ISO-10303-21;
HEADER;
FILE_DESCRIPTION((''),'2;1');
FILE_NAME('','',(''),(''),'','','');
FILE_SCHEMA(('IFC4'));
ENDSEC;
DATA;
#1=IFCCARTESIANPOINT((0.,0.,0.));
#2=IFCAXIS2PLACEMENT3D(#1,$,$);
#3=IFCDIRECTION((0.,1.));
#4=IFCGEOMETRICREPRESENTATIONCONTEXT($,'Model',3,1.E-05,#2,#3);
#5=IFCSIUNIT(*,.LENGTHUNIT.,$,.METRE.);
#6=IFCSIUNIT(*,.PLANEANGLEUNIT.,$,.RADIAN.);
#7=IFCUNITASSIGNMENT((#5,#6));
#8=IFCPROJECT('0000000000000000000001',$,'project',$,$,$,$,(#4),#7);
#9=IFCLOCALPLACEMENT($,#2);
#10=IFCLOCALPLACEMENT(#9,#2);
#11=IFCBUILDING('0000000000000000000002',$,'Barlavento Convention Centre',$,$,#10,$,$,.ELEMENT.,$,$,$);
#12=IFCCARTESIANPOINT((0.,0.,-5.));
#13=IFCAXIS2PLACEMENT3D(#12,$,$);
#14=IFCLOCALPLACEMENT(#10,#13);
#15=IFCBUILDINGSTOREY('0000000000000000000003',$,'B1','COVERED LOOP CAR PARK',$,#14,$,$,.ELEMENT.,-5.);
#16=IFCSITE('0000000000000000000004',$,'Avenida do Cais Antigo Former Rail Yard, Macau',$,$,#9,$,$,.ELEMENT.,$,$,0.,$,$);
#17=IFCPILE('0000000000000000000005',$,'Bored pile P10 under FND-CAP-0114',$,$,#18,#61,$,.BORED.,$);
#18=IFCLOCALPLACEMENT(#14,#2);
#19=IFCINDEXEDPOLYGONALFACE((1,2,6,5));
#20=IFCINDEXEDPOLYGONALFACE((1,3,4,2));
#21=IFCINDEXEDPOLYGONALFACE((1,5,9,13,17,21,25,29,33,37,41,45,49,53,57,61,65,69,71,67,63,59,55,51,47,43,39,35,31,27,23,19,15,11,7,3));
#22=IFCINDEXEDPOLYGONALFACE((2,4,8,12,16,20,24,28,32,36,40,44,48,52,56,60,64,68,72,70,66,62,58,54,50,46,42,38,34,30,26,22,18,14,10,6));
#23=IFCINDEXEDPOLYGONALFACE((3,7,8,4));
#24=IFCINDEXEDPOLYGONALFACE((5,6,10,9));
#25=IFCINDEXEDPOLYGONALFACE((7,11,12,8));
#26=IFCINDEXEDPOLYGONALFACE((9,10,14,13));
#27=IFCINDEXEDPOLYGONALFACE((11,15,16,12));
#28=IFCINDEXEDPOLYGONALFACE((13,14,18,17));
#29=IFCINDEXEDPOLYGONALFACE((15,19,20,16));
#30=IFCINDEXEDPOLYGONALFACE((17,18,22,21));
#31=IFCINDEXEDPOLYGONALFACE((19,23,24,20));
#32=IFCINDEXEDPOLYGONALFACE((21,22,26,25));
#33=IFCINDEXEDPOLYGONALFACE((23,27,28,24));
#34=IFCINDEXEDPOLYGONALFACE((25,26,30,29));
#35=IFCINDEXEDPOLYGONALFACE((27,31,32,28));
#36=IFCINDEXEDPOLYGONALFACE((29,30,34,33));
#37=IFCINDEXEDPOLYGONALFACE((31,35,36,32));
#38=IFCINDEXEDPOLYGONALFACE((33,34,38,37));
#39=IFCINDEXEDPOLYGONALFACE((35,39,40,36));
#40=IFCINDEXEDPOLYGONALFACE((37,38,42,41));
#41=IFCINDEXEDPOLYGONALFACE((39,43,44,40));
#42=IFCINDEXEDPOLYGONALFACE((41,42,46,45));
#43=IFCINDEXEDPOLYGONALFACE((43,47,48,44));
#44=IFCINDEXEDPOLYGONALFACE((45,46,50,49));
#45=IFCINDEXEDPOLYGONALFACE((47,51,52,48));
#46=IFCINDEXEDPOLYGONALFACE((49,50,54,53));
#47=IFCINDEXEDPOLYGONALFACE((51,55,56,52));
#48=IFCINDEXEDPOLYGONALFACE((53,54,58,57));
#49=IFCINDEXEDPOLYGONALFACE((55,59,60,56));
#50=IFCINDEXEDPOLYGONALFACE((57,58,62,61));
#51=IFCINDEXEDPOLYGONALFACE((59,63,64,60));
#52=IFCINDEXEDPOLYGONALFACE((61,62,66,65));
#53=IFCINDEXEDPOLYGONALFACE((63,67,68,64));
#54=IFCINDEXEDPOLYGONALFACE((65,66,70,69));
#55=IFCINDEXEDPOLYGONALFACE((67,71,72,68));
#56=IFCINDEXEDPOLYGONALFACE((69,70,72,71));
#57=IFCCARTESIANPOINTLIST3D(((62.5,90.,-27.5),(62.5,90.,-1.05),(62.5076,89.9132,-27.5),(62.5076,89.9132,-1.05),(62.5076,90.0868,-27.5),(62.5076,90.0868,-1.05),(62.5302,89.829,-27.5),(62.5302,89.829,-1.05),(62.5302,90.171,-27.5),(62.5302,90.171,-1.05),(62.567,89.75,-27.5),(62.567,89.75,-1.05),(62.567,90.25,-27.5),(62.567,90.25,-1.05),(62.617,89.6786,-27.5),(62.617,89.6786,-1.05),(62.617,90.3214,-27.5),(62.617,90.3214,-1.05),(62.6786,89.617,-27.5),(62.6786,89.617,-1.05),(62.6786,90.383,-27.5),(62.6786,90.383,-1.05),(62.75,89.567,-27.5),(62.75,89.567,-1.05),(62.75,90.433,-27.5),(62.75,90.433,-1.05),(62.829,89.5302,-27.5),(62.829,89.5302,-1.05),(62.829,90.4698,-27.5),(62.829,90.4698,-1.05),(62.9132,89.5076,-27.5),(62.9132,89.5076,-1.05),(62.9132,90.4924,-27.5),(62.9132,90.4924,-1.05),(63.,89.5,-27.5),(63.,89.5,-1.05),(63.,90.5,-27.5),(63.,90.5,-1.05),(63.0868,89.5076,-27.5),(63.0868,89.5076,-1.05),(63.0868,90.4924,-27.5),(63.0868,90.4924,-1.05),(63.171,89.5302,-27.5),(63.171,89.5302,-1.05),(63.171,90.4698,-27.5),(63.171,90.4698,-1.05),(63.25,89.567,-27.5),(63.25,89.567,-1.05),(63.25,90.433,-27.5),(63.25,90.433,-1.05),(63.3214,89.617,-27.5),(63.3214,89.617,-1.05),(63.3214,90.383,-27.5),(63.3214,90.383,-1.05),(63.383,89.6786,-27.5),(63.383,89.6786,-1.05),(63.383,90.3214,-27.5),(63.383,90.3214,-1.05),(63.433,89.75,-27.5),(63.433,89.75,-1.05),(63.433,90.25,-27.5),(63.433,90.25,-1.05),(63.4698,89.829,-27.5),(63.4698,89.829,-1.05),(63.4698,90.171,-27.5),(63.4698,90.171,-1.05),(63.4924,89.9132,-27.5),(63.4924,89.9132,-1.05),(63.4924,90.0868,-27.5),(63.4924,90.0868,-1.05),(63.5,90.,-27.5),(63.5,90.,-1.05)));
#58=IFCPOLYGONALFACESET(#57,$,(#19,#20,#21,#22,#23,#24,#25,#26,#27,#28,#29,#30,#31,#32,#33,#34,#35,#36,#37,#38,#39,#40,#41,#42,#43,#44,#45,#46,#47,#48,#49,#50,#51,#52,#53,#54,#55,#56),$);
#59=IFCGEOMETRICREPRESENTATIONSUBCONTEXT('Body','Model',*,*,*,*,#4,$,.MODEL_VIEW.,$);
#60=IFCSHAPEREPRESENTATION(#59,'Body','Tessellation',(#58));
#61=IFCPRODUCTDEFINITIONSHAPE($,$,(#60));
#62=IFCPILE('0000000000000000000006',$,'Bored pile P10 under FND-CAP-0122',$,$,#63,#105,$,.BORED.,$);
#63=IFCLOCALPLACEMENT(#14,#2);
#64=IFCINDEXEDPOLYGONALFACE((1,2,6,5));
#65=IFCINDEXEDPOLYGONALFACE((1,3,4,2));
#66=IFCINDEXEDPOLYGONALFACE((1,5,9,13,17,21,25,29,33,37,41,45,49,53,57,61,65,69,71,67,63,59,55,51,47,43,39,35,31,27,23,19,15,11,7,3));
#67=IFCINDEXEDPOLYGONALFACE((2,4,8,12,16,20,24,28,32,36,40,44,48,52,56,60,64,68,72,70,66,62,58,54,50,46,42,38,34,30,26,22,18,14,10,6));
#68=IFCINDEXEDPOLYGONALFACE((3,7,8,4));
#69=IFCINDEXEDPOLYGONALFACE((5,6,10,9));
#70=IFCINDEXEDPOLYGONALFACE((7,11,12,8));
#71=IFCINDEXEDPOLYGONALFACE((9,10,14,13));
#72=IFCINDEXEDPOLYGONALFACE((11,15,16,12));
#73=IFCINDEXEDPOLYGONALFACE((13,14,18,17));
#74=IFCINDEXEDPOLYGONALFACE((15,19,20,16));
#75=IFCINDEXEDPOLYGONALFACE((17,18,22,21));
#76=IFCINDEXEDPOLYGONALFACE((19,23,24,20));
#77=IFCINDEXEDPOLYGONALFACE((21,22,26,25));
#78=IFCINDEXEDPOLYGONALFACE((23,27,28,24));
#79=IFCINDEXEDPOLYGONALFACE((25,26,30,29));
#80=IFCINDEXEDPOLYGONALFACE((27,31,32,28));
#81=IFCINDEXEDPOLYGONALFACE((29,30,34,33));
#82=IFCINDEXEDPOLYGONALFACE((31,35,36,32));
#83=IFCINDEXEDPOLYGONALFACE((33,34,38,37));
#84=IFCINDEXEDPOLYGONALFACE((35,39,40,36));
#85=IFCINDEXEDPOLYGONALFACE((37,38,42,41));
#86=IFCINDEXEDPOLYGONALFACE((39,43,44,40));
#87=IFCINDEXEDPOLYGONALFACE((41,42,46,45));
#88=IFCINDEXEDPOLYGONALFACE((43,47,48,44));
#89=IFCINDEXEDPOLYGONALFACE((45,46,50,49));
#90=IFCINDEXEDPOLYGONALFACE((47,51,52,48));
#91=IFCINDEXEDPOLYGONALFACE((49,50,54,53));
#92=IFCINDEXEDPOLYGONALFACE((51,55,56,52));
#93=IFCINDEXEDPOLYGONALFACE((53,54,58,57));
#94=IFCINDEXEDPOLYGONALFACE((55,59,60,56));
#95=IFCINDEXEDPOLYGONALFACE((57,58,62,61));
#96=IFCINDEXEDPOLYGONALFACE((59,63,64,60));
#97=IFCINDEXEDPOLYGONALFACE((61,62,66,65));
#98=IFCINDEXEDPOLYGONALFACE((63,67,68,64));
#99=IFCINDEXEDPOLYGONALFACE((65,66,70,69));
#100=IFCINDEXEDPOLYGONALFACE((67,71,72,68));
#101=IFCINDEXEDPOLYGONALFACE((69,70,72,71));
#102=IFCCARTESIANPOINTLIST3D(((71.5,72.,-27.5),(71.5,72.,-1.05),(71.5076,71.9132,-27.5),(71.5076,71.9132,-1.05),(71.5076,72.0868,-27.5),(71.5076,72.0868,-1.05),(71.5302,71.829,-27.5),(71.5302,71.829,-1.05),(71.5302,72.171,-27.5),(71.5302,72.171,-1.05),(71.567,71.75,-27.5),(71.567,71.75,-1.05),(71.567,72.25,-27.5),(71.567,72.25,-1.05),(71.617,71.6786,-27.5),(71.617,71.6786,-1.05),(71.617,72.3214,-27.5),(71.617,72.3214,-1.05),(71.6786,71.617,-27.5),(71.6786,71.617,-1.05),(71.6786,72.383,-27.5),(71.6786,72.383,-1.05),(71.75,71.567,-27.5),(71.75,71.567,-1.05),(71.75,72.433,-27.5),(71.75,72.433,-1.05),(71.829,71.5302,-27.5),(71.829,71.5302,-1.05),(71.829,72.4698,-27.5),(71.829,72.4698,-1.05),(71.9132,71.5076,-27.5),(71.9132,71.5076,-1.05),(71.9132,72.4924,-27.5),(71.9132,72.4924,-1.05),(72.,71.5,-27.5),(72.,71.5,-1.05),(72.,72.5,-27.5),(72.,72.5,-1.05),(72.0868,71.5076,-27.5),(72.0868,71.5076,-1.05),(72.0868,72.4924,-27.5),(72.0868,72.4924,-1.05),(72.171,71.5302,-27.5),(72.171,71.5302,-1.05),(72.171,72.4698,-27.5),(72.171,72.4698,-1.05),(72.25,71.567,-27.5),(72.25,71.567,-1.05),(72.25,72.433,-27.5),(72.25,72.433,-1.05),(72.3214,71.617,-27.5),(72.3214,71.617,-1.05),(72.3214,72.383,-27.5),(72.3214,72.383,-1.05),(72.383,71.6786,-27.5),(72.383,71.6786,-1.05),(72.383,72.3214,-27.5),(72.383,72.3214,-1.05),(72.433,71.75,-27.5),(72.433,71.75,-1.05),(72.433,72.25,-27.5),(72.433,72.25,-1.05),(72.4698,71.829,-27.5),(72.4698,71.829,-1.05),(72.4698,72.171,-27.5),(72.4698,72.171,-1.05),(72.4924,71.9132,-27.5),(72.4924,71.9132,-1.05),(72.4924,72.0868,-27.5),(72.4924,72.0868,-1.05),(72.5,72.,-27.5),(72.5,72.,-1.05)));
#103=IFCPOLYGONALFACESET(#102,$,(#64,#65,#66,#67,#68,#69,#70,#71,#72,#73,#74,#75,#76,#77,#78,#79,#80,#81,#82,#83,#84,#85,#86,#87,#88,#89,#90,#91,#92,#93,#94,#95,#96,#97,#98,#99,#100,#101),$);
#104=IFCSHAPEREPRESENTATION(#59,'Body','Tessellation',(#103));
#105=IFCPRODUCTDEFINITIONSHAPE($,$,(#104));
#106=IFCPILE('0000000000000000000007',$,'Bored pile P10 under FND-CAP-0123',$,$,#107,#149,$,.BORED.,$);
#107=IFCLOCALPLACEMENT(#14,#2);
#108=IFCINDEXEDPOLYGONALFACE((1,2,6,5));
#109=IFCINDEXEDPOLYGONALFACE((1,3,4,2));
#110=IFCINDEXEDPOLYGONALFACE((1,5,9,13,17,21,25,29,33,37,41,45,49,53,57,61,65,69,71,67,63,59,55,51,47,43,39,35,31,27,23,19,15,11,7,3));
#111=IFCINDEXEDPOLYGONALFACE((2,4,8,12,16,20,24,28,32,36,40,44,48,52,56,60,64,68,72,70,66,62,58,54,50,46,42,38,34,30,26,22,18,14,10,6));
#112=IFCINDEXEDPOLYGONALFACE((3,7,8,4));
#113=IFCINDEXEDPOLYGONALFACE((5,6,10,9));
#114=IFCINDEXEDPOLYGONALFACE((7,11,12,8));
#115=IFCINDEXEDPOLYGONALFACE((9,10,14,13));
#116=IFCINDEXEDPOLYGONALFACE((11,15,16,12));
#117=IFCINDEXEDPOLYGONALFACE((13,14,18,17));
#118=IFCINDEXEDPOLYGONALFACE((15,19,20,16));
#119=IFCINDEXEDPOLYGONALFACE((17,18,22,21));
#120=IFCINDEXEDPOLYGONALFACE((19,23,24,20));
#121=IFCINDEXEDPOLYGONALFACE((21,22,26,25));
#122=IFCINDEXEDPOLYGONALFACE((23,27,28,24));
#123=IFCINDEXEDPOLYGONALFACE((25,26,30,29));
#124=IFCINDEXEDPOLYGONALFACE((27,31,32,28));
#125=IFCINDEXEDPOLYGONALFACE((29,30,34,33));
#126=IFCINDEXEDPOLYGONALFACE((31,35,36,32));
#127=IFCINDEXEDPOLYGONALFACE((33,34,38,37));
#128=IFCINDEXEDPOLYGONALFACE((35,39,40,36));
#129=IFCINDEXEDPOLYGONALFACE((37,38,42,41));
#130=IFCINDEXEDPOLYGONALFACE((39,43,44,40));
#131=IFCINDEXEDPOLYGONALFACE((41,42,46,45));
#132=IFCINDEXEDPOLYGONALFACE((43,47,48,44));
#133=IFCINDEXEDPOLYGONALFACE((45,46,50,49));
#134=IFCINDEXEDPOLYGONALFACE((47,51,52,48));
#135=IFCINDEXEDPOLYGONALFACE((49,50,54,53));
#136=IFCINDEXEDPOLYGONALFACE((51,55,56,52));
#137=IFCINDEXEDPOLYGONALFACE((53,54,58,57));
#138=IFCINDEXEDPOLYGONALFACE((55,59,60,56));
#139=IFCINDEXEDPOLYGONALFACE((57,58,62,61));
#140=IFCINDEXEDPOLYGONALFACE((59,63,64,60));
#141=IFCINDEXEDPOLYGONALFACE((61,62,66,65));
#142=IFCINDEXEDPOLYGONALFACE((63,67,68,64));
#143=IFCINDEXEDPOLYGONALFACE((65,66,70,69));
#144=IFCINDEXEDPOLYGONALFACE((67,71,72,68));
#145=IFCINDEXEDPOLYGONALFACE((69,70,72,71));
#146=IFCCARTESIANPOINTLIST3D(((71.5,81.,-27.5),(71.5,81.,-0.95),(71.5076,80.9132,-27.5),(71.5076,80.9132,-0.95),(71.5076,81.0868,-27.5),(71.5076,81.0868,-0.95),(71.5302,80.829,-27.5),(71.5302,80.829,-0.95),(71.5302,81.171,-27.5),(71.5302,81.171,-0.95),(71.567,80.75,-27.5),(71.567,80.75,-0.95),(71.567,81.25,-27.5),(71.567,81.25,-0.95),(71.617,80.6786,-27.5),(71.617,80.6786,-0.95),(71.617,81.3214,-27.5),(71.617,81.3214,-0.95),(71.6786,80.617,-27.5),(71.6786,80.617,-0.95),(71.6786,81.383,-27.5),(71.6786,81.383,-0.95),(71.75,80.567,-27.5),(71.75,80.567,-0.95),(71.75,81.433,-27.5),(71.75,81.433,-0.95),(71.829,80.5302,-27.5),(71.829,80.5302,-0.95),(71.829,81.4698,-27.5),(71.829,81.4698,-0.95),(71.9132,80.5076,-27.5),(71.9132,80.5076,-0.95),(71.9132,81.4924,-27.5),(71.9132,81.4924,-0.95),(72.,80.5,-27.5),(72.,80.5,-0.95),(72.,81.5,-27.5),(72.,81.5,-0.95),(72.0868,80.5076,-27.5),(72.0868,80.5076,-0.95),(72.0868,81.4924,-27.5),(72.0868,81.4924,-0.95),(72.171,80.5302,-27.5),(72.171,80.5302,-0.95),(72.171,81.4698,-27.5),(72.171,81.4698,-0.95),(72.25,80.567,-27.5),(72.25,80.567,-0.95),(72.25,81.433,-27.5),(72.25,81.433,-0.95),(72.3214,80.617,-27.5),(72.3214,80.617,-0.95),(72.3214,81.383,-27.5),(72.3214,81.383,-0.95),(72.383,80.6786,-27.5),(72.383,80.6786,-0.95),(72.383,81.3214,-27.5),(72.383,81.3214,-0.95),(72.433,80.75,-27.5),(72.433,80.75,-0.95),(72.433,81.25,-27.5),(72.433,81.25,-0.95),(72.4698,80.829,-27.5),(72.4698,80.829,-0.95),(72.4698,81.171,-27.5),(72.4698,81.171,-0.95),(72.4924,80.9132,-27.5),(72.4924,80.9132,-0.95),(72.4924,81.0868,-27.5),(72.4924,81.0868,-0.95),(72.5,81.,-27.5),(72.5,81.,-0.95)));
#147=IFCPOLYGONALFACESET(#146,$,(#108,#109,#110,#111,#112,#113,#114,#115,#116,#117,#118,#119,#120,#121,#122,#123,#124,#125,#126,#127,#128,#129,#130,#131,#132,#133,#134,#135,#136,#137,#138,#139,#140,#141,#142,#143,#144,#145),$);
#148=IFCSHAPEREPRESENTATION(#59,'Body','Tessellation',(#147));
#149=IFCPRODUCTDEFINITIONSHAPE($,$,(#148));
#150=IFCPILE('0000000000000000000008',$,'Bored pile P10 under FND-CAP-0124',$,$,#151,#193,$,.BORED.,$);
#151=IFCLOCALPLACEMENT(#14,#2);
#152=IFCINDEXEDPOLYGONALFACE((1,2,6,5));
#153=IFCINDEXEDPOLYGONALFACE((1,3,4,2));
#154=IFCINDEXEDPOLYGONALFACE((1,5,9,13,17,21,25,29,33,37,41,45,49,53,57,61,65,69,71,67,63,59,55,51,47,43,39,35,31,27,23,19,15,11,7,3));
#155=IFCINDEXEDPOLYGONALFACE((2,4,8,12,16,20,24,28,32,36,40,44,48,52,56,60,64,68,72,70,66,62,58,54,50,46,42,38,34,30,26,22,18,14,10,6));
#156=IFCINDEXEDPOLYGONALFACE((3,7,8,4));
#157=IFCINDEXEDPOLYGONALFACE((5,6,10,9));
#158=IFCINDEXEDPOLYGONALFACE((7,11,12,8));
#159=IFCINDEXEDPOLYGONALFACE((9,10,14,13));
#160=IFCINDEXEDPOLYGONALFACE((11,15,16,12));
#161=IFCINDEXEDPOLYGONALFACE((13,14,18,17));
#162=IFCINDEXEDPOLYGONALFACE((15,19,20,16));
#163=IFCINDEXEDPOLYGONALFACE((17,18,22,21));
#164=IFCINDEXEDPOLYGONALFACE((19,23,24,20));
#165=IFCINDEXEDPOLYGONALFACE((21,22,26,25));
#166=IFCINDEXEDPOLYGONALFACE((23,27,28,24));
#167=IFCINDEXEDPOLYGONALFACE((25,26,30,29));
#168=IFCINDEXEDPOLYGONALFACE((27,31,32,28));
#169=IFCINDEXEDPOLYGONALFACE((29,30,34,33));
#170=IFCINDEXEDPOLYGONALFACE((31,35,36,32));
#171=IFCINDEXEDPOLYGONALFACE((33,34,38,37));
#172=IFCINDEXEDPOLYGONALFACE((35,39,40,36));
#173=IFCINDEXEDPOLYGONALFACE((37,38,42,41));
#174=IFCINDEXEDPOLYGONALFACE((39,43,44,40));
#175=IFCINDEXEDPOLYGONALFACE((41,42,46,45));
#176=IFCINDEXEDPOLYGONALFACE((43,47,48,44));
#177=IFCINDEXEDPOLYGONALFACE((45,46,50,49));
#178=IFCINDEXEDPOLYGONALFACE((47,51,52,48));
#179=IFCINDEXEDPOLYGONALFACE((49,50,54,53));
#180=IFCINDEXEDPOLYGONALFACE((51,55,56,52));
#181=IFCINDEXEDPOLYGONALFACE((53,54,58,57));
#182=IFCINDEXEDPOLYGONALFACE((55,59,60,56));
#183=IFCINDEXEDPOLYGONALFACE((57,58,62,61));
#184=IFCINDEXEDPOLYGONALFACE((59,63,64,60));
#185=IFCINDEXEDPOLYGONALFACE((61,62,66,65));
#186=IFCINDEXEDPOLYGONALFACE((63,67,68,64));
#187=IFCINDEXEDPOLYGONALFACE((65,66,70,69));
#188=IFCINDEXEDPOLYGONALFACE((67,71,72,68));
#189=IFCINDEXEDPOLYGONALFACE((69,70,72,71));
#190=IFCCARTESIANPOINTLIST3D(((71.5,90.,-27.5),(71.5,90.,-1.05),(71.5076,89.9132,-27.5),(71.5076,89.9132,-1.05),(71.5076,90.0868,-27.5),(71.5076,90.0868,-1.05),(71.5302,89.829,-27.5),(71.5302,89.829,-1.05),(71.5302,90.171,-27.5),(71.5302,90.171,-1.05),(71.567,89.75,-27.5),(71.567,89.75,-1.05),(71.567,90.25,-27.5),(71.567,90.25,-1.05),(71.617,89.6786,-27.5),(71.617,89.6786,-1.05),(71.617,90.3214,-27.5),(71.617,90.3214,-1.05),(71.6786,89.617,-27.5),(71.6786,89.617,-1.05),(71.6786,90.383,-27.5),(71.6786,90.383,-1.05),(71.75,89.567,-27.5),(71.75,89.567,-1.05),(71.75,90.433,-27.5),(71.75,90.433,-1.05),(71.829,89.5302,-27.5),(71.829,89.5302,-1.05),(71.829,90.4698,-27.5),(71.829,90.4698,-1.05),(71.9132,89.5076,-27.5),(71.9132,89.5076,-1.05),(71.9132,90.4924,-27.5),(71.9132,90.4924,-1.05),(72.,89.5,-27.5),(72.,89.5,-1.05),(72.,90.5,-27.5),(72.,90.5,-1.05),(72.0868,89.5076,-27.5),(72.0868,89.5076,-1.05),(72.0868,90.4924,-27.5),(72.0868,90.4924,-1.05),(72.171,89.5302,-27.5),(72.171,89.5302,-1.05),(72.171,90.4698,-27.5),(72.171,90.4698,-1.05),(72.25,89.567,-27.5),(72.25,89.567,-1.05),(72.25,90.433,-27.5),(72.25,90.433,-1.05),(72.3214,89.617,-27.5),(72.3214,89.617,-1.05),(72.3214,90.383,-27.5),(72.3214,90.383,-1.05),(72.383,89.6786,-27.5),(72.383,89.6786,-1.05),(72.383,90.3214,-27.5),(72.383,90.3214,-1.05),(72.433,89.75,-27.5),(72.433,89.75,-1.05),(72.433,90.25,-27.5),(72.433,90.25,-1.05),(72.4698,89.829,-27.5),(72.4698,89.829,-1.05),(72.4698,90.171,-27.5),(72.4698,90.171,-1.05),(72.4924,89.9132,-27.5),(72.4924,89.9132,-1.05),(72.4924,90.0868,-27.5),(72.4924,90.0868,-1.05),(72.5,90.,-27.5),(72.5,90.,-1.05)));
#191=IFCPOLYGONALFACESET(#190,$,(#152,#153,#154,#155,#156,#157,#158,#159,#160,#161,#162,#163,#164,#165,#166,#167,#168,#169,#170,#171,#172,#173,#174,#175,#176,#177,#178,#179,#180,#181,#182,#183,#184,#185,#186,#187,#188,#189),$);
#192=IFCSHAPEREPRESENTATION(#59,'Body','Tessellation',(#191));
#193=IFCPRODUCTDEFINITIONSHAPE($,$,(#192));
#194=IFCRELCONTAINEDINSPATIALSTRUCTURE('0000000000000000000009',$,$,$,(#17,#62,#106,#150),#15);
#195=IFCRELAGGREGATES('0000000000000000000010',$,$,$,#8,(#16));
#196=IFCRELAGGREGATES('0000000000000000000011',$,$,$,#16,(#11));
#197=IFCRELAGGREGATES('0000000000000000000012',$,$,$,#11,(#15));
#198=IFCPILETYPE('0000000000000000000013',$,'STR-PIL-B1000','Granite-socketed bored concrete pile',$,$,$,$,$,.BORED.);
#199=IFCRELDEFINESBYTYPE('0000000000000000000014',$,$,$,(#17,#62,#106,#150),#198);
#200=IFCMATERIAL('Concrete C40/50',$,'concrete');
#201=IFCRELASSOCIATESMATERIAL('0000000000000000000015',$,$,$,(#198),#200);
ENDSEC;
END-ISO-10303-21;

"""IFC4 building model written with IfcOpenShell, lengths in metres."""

from ifc_helpers import new_model, si_unit, direction, frame, origin, origin_2d, place, context, subcontext, project, spatial, circle, extrude, material, material_profile, profile_set, type_object, element, save


model = new_model("IFC4")

# Units and contexts
model_context = context("Model", 3, precision=1e-05, world=origin(), true_north=direction((0.0, 1.0)))
body_context = subcontext(model_context, "Body", "Model", "MODEL_VIEW")
ifc_project = project(units=[si_unit("LENGTHUNIT", "METRE"), si_unit("PLANEANGLEUNIT", "RADIAN")], contexts=[model_context])

# Site, building, storey
site_placement = place(None, origin())
site = spatial("IfcSite", under=ifc_project, at=site_placement, Name="Avenida do Cais Antigo Former Rail Yard, Macau", CompositionType="ELEMENT", RefElevation=0.0)
building_placement = place(site_placement, origin())
building = spatial("IfcBuilding", under=site, at=building_placement, Name="Barlavento Convention Centre", CompositionType="ELEMENT")
storey_placement = place(building_placement, frame((0.0, 0.0, -5.0)))
storey = spatial("IfcBuildingStorey", under=building, at=storey_placement, Name="B1", Description="COVERED LOOP CAR PARK", CompositionType="ELEMENT", Elevation=-5.0)

# Shared definitions
ifc_material_1 = material(Name="Concrete C40/50", Category="concrete")

# Piles
ifc_material_profile_1 = material_profile(ifc_material_1, circle(Radius=0.5, at=origin_2d()), Name="BORED PILE 1000")
ifc_profile_set_1 = profile_set([ifc_material_profile_1], Name="Concrete C40/50")
pile_type_1 = type_object("IfcPileType", Name="STR-PIL-B1000", Description="Granite-socketed bored concrete pile", PredefinedType="BORED", material=ifc_profile_set_1)
for number, where, z_axis, x_axis, name in (
    (1, (63.0, 90.0, -1.05), (0.0, 0.0, -1.0), (1.0, 0.0, 0.0), "Bored pile P10 under FND-CAP-0114"),
    (2, (72.0, 72.0, -1.05), (0.0, 0.0, -1.0), (1.0, 0.0, 0.0), "Bored pile P10 under FND-CAP-0122"),
):
    element("IfcPile", number, at=place(storey_placement, frame(where, z_axis=z_axis, x_axis=x_axis)), inside=storey, type_object=pile_type_1, Name=name, PredefinedType="BORED", context=body_context, shape_type="SweptSolid", body=[
        extrude(circle(Radius=0.5, at=origin_2d()), origin(), (0.0, 0.0, 1.0), 26.45),
    ])
pile_1_placement = place(storey_placement, frame((72.0, 81.0, -0.95), z_axis=(0.0, 0.0, -1.0), x_axis=(1.0, 0.0, 0.0)))
element("IfcPile", 3, at=pile_1_placement, inside=storey, type_object=pile_type_1, Name="Bored pile P10 under FND-CAP-0123", PredefinedType="BORED", context=body_context, shape_type="SweptSolid", body=[
    extrude(circle(Radius=0.5, at=origin_2d()), origin(), (0.0, 0.0, 1.0), 26.55),
])
pile_2_placement = place(storey_placement, frame((72.0, 90.0, -1.05), z_axis=(0.0, 0.0, -1.0), x_axis=(1.0, 0.0, 0.0)))
element("IfcPile", 4, at=pile_2_placement, inside=storey, type_object=pile_type_1, Name="Bored pile P10 under FND-CAP-0124", PredefinedType="BORED", context=body_context, shape_type="SweptSolid", body=[
    extrude(circle(Radius=0.5, at=origin_2d()), origin(), (0.0, 0.0, 1.0), 26.45),
])

save(model, "model.ifc")
